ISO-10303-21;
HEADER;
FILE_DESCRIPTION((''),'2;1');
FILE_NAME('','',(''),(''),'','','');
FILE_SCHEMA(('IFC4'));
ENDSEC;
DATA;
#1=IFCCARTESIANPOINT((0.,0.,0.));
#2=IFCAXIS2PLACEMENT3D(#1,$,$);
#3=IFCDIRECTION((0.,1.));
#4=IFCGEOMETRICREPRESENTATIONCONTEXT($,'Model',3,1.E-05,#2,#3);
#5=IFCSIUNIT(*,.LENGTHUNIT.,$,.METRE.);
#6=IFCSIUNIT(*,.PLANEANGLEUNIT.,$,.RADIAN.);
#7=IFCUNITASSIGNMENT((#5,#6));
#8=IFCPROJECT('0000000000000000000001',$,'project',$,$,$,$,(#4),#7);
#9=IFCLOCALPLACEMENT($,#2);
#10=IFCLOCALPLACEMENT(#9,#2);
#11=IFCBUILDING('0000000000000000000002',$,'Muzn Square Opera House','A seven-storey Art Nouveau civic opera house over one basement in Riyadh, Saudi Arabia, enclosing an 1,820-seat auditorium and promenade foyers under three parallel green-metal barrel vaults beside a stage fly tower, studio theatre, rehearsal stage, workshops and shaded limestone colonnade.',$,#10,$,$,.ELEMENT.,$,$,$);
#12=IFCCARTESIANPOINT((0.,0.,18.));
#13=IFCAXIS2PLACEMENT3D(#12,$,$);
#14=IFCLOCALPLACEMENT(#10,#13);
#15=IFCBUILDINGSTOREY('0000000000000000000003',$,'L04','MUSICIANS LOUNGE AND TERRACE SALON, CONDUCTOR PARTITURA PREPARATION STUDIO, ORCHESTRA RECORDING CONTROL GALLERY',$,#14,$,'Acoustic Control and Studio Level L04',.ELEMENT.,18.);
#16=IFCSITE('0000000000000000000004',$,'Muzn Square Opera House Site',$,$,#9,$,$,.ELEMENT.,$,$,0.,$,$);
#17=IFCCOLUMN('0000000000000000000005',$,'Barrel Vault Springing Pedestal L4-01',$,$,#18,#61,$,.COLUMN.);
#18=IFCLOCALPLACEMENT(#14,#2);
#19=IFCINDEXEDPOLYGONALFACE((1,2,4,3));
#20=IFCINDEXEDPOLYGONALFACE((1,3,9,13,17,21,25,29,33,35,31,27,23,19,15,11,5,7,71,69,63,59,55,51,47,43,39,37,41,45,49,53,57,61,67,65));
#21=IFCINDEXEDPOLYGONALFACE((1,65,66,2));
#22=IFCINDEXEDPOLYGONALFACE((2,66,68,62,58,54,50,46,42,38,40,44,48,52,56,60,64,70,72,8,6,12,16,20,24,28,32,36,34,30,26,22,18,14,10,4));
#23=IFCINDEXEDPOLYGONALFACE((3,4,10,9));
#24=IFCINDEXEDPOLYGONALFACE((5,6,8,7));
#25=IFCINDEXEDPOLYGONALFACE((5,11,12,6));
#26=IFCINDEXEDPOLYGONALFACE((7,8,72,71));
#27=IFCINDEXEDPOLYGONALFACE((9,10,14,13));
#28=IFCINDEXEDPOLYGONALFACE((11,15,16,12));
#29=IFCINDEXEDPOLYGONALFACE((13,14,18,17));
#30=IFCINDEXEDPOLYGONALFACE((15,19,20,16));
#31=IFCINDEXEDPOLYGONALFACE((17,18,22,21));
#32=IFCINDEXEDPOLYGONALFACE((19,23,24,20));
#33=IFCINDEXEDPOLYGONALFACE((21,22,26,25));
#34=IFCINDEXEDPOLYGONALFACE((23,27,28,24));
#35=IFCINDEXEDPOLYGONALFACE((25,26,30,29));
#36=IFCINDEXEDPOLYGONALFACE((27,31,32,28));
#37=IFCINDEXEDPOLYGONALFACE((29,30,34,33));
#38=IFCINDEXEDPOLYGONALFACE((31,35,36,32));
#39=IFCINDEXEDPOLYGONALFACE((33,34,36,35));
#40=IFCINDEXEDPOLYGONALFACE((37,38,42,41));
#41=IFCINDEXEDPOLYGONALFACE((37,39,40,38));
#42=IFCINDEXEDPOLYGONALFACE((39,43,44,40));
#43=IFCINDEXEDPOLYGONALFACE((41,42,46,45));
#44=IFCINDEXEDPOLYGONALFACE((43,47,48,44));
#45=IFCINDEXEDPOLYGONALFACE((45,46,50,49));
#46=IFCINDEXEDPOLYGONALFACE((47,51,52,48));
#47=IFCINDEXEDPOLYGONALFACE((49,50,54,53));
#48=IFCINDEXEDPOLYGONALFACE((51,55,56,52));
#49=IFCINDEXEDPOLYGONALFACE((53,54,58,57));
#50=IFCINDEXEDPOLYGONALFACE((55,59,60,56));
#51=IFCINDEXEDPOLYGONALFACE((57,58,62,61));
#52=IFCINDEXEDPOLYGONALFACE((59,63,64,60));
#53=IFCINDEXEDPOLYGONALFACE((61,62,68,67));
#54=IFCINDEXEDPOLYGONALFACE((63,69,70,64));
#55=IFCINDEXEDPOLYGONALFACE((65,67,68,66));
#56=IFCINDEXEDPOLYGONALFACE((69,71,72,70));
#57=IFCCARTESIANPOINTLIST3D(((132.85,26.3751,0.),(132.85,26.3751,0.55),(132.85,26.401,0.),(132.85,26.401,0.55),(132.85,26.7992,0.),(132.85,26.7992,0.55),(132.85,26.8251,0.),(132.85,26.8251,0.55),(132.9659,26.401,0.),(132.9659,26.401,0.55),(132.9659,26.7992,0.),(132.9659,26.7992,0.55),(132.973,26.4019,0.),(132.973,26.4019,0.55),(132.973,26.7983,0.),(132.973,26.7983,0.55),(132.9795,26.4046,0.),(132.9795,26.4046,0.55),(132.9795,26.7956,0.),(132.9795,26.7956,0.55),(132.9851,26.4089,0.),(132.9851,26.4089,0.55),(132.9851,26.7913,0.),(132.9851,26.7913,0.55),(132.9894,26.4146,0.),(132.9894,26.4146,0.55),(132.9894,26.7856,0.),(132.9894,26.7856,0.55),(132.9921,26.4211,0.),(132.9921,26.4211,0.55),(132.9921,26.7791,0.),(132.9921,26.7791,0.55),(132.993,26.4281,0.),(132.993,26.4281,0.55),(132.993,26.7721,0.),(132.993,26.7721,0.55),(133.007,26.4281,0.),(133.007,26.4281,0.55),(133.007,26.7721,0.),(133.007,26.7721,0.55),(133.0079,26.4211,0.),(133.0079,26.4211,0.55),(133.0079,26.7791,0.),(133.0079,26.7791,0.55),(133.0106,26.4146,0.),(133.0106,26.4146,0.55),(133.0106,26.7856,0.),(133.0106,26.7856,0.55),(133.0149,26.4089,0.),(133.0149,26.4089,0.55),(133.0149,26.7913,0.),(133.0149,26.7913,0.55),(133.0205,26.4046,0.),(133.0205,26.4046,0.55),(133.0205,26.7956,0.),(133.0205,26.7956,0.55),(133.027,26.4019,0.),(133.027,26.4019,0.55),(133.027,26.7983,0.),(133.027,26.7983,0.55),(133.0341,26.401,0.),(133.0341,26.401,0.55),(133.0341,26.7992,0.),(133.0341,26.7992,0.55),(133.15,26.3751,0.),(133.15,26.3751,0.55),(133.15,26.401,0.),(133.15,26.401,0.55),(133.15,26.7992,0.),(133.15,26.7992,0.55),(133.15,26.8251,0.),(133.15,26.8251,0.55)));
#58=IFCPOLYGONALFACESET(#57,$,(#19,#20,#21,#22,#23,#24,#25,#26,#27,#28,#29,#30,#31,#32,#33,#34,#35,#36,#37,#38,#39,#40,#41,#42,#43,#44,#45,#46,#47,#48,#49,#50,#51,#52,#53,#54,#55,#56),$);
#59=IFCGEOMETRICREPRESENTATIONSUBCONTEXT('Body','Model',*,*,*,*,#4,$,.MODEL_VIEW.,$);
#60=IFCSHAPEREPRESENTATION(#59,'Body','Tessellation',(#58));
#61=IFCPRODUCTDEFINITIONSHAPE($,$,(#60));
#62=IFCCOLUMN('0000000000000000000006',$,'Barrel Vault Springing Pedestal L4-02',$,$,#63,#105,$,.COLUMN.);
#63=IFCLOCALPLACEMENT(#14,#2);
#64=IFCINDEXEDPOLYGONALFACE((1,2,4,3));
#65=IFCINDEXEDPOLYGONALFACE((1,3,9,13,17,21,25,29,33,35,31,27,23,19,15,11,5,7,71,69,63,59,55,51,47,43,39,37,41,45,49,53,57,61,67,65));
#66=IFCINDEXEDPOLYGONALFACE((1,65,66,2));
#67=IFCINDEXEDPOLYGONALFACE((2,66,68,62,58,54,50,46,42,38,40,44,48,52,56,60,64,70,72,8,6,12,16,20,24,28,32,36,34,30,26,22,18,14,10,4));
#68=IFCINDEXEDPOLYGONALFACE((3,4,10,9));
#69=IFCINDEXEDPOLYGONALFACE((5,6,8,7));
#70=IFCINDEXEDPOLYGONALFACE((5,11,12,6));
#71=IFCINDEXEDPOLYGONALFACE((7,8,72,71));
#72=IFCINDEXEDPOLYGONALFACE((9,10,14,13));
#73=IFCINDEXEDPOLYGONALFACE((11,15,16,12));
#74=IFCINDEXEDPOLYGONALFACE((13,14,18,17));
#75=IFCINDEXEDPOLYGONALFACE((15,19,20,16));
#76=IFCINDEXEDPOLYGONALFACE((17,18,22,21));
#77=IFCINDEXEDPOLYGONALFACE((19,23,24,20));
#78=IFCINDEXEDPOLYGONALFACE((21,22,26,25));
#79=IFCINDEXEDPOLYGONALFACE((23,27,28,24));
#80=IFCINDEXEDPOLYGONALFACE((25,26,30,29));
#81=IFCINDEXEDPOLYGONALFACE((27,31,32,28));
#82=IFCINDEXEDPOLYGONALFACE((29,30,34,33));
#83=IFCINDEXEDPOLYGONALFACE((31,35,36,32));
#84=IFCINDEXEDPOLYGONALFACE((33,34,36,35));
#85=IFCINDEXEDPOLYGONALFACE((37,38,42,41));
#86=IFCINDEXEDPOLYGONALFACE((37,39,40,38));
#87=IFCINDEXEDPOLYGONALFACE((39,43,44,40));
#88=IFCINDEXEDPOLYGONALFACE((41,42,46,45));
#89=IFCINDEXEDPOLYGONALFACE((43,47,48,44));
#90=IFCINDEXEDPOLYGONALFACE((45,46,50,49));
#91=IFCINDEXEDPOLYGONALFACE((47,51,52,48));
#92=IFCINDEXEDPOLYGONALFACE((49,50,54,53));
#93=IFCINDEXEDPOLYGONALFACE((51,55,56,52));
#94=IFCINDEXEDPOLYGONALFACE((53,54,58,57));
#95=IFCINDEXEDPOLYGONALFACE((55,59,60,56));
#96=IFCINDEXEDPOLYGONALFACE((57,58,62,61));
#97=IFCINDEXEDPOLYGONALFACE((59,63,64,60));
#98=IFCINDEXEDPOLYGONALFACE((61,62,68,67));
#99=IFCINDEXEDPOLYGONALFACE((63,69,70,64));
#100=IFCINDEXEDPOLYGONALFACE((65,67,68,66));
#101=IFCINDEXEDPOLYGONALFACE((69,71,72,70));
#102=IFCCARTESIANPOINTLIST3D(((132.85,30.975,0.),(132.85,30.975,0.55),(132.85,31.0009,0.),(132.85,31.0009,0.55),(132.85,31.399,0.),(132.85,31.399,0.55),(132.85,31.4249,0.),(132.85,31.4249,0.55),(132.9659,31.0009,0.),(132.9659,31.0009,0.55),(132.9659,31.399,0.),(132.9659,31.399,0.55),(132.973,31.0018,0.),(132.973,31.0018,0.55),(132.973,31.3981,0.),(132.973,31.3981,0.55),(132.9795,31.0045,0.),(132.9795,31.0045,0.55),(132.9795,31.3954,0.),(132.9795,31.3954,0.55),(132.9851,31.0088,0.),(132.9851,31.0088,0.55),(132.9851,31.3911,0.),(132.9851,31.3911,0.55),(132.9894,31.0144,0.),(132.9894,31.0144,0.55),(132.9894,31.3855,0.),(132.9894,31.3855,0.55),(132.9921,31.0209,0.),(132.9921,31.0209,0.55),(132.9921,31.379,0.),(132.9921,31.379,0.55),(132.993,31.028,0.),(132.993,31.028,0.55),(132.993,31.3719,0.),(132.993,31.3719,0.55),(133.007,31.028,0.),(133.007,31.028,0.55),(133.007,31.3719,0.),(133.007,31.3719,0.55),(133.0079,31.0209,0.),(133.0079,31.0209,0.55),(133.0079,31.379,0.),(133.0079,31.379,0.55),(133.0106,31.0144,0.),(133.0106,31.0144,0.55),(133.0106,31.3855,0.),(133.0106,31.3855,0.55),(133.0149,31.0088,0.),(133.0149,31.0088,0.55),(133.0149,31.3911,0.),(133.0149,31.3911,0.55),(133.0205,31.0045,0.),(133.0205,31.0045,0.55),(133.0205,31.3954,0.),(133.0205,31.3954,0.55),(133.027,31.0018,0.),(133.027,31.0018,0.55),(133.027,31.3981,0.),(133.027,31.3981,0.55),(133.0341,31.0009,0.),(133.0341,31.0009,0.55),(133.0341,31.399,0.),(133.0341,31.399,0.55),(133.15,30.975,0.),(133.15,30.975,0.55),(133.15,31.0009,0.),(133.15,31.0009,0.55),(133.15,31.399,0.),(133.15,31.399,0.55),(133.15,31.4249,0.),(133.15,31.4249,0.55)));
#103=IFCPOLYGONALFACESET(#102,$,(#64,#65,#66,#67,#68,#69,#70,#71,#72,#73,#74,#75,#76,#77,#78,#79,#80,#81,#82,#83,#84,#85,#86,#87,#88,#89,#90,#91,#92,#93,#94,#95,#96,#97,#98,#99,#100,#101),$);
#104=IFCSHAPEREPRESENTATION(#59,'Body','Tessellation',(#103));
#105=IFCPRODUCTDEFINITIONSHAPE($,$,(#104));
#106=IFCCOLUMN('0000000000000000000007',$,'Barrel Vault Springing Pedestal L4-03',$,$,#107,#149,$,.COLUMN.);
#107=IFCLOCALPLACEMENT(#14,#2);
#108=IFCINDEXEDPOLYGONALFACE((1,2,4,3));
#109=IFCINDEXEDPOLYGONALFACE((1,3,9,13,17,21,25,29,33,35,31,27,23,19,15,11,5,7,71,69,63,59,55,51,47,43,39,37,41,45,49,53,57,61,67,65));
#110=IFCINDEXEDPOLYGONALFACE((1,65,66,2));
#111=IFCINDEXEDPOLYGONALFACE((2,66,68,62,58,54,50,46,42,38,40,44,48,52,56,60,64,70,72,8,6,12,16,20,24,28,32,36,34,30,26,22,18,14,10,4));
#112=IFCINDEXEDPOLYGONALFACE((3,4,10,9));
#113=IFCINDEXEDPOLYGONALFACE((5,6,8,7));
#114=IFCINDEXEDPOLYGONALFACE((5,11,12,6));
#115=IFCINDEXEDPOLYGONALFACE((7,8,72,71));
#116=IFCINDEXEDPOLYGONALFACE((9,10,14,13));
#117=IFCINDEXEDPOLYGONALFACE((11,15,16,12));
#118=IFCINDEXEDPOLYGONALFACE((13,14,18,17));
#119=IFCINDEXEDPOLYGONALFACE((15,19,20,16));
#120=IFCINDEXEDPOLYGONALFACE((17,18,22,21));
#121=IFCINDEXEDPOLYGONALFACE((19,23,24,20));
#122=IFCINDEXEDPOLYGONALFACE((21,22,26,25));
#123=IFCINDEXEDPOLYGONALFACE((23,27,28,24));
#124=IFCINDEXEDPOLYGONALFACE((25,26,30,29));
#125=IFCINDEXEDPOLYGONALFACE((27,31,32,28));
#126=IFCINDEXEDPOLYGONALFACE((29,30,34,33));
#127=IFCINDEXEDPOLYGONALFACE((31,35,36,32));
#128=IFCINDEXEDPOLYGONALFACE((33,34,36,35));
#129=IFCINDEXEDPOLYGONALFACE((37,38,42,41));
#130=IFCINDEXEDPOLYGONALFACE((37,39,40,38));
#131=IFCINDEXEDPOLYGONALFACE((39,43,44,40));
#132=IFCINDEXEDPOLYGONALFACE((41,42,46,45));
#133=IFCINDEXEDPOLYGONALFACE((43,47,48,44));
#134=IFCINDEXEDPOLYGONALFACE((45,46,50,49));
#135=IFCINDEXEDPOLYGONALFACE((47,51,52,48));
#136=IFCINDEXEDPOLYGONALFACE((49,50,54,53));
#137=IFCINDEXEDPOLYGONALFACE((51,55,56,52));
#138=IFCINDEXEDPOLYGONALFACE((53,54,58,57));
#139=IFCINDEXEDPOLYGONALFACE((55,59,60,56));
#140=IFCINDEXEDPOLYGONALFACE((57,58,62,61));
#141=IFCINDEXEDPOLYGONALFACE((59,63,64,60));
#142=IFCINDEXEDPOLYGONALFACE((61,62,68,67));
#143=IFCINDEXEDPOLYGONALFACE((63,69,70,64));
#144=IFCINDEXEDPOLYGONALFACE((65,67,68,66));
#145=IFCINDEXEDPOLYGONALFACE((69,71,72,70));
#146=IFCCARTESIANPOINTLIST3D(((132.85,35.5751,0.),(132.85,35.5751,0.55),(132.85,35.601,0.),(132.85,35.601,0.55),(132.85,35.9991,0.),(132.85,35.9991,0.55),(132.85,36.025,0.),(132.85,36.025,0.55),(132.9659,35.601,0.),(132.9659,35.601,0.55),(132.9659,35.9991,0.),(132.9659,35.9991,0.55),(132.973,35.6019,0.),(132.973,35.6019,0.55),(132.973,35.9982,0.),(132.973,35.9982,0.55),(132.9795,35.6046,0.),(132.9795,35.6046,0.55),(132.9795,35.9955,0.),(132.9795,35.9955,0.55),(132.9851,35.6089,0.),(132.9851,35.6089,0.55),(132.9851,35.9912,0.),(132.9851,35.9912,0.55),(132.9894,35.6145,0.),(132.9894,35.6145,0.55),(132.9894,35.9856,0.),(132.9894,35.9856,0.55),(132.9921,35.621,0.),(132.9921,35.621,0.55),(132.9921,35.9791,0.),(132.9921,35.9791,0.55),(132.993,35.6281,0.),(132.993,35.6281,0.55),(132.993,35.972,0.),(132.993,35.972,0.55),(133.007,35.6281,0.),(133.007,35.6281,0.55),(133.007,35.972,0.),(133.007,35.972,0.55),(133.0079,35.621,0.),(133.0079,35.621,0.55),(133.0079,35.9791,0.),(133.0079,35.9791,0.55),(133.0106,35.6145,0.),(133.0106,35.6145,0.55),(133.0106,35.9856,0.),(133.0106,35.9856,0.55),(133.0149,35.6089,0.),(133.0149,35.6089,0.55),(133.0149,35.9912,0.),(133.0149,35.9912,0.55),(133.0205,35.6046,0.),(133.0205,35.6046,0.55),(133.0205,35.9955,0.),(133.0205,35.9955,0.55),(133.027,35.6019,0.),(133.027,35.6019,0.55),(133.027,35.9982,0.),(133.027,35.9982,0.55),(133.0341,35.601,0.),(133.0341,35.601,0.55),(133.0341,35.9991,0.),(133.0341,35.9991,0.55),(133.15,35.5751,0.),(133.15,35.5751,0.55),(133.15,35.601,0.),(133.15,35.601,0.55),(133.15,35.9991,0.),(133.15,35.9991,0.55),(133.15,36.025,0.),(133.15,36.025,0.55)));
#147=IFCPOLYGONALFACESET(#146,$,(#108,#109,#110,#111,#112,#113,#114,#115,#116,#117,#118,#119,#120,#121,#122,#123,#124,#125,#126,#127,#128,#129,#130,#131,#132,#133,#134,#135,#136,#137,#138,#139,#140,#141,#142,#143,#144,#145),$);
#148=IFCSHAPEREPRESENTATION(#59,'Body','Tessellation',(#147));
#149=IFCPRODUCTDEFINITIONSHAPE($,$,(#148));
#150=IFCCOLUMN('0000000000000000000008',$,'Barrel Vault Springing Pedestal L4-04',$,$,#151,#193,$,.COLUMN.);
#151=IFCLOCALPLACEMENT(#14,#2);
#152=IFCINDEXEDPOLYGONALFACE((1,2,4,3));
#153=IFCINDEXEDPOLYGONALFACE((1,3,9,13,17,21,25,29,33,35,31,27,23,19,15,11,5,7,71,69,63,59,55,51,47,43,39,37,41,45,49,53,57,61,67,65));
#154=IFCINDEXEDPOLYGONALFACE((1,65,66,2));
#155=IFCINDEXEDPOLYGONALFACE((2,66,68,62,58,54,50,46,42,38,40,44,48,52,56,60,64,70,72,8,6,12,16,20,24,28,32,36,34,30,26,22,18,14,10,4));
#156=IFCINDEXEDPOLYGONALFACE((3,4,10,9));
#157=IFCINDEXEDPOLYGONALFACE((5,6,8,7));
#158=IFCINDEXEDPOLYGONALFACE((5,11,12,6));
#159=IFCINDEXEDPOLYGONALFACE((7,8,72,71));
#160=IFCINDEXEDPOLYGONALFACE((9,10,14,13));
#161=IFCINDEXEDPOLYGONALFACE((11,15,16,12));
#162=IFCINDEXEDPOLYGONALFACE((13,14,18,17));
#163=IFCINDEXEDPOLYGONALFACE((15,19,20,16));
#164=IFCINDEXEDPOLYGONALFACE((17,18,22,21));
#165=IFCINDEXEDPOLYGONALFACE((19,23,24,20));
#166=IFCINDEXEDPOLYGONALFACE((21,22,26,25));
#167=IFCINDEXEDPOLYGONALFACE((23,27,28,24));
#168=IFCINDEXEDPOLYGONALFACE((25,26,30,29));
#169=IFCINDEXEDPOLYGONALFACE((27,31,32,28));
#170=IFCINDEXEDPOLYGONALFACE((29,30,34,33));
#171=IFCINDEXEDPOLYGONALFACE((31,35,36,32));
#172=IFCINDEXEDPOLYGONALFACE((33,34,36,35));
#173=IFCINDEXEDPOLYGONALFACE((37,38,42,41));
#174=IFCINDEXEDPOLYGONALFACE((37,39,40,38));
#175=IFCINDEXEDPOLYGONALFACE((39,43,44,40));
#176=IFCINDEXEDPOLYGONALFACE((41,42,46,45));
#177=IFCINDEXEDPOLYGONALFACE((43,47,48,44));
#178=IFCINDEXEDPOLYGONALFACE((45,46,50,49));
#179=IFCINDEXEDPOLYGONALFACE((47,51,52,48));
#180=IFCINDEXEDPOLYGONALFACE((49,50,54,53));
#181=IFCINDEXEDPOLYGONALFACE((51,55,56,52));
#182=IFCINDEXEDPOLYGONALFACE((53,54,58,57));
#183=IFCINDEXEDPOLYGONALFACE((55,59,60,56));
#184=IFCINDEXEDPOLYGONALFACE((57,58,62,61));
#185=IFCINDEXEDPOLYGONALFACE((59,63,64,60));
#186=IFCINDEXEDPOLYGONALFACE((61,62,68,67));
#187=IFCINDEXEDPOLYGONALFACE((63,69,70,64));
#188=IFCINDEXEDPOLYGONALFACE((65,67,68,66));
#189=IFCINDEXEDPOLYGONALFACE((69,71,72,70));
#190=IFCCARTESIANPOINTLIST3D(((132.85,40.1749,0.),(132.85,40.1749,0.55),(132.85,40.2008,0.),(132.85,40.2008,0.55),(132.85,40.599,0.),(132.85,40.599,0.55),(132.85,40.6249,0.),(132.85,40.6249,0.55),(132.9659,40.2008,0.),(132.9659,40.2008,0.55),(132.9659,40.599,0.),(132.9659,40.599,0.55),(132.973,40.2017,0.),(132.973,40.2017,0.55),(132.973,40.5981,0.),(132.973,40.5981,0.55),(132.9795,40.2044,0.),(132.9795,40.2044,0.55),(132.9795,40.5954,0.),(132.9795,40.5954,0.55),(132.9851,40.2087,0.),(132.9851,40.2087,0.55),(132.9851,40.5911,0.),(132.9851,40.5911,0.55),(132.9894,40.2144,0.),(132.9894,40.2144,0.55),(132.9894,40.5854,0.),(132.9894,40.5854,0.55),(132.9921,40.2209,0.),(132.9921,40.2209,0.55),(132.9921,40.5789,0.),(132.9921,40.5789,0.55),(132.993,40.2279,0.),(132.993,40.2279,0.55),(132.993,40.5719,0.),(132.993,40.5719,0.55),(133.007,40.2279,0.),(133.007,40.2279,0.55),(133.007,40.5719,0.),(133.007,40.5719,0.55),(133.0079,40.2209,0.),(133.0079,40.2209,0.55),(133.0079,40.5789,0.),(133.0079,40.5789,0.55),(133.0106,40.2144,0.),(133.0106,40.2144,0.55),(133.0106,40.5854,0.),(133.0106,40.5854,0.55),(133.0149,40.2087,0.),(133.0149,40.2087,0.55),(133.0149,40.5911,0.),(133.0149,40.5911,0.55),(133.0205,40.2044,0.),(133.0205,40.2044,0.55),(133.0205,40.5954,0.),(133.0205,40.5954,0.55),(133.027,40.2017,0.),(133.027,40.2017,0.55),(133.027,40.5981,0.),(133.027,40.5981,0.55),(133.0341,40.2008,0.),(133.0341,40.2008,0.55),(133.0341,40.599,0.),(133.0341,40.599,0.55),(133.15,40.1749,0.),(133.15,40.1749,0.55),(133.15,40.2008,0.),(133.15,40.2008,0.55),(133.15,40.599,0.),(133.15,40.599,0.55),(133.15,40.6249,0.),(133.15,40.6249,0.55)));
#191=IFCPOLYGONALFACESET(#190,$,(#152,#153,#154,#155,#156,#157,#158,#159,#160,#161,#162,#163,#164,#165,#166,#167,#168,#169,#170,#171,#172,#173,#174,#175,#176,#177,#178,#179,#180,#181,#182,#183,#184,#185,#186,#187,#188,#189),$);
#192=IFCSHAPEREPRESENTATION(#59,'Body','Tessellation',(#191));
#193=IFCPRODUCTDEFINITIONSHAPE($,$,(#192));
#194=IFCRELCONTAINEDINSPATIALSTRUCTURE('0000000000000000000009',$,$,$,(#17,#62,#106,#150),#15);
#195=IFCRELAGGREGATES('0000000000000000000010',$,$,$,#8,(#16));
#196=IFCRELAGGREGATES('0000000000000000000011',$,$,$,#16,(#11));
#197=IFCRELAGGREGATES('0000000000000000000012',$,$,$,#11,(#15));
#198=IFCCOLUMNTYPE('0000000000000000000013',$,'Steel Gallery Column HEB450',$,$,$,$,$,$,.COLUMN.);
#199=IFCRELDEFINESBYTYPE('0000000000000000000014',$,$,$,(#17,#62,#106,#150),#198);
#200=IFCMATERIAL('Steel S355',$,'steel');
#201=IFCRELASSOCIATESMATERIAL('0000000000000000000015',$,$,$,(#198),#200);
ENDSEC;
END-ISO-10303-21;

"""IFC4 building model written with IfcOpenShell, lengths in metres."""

from ifc_helpers import new_model, si_unit, direction, frame, origin, origin_2d, place, context, subcontext, project, spatial, i_section, extrude, material, material_profile, profile_set, type_object, element, save


model = new_model("IFC4")

# Units and contexts
model_context = context("Model", 3, precision=1e-05, world=origin(), true_north=direction((0.0, 1.0)))
body_context = subcontext(model_context, "Body", "Model", "MODEL_VIEW")
ifc_project = project(units=[si_unit("LENGTHUNIT", "METRE"), si_unit("PLANEANGLEUNIT", "RADIAN")], contexts=[model_context])

# Site, building, storey
site_placement = place(None, origin())
site = spatial("IfcSite", under=ifc_project, at=site_placement, Name="Muzn Square Opera House Site", CompositionType="ELEMENT", RefElevation=0.0)
building_placement = place(site_placement, origin())
building = spatial("IfcBuilding", under=site, at=building_placement, Name="Muzn Square Opera House", Description="A seven-storey Art Nouveau civic opera house over one basement in Riyadh, Saudi Arabia, enclosing an 1,820-seat auditorium and promenade foyers under three parallel green-metal barrel vaults beside a stage fly tower, studio theatre, rehearsal stage, workshops and shaded limestone colonnade.", CompositionType="ELEMENT")
storey_placement = place(building_placement, frame((0.0, 0.0, 18.0)))
storey = spatial("IfcBuildingStorey", under=building, at=storey_placement, Name="L04", Description="MUSICIANS LOUNGE AND TERRACE SALON, CONDUCTOR PARTITURA PREPARATION STUDIO, ORCHESTRA RECORDING CONTROL GALLERY", LongName="Acoustic Control and Studio Level L04", CompositionType="ELEMENT", Elevation=18.0)

# Columns
ifc_material_1 = material(Name="Steel S355", Category="steel")
ifc_material_profile_1 = material_profile(ifc_material_1, i_section(OverallWidth=0.3, OverallDepth=0.45, WebThickness=0.0139, FlangeThickness=0.0259, FilletRadius=0.0271, at=origin_2d()), Name="HEB 450", Category="steel")
ifc_profile_set_1 = profile_set([ifc_material_profile_1], Name="Steel S355")
column_type_1 = type_object("IfcColumnType", Name="Steel Gallery Column HEB450", PredefinedType="COLUMN", material=ifc_profile_set_1)
for number, where, z_axis, x_axis, name in (
    (1, (133.0, 26.6001, 0.0), (0.0, 0.0, 1.0), (1.0, 0.0, 0.0), "Barrel Vault Springing Pedestal L4-01"),
    (2, (133.0, 31.2, 0.0), (0.0, 0.0, 1.0), (1.0, 0.0, 0.0), "Barrel Vault Springing Pedestal L4-02"),
    (3, (133.0, 35.8, 0.0), (0.0, 0.0, 1.0), (1.0, 0.0, 0.0), "Barrel Vault Springing Pedestal L4-03"),
    (4, (133.0, 40.3999, 0.0), (0.0, 0.0, 1.0), (1.0, 0.0, 0.0), "Barrel Vault Springing Pedestal L4-04"),
):
    element("IfcColumn", number, at=place(storey_placement, frame(where, z_axis=z_axis, x_axis=x_axis)), inside=storey, type_object=column_type_1, Name=name, PredefinedType="COLUMN", context=body_context, shape_type="SweptSolid", body=[
        extrude(i_section(OverallWidth=0.3, OverallDepth=0.45, WebThickness=0.0139, FlangeThickness=0.0259, FilletRadius=0.0271, at=origin_2d()), origin(), (0.0, 0.0, 1.0), 0.55),
    ])

save(model, "model.ifc")
